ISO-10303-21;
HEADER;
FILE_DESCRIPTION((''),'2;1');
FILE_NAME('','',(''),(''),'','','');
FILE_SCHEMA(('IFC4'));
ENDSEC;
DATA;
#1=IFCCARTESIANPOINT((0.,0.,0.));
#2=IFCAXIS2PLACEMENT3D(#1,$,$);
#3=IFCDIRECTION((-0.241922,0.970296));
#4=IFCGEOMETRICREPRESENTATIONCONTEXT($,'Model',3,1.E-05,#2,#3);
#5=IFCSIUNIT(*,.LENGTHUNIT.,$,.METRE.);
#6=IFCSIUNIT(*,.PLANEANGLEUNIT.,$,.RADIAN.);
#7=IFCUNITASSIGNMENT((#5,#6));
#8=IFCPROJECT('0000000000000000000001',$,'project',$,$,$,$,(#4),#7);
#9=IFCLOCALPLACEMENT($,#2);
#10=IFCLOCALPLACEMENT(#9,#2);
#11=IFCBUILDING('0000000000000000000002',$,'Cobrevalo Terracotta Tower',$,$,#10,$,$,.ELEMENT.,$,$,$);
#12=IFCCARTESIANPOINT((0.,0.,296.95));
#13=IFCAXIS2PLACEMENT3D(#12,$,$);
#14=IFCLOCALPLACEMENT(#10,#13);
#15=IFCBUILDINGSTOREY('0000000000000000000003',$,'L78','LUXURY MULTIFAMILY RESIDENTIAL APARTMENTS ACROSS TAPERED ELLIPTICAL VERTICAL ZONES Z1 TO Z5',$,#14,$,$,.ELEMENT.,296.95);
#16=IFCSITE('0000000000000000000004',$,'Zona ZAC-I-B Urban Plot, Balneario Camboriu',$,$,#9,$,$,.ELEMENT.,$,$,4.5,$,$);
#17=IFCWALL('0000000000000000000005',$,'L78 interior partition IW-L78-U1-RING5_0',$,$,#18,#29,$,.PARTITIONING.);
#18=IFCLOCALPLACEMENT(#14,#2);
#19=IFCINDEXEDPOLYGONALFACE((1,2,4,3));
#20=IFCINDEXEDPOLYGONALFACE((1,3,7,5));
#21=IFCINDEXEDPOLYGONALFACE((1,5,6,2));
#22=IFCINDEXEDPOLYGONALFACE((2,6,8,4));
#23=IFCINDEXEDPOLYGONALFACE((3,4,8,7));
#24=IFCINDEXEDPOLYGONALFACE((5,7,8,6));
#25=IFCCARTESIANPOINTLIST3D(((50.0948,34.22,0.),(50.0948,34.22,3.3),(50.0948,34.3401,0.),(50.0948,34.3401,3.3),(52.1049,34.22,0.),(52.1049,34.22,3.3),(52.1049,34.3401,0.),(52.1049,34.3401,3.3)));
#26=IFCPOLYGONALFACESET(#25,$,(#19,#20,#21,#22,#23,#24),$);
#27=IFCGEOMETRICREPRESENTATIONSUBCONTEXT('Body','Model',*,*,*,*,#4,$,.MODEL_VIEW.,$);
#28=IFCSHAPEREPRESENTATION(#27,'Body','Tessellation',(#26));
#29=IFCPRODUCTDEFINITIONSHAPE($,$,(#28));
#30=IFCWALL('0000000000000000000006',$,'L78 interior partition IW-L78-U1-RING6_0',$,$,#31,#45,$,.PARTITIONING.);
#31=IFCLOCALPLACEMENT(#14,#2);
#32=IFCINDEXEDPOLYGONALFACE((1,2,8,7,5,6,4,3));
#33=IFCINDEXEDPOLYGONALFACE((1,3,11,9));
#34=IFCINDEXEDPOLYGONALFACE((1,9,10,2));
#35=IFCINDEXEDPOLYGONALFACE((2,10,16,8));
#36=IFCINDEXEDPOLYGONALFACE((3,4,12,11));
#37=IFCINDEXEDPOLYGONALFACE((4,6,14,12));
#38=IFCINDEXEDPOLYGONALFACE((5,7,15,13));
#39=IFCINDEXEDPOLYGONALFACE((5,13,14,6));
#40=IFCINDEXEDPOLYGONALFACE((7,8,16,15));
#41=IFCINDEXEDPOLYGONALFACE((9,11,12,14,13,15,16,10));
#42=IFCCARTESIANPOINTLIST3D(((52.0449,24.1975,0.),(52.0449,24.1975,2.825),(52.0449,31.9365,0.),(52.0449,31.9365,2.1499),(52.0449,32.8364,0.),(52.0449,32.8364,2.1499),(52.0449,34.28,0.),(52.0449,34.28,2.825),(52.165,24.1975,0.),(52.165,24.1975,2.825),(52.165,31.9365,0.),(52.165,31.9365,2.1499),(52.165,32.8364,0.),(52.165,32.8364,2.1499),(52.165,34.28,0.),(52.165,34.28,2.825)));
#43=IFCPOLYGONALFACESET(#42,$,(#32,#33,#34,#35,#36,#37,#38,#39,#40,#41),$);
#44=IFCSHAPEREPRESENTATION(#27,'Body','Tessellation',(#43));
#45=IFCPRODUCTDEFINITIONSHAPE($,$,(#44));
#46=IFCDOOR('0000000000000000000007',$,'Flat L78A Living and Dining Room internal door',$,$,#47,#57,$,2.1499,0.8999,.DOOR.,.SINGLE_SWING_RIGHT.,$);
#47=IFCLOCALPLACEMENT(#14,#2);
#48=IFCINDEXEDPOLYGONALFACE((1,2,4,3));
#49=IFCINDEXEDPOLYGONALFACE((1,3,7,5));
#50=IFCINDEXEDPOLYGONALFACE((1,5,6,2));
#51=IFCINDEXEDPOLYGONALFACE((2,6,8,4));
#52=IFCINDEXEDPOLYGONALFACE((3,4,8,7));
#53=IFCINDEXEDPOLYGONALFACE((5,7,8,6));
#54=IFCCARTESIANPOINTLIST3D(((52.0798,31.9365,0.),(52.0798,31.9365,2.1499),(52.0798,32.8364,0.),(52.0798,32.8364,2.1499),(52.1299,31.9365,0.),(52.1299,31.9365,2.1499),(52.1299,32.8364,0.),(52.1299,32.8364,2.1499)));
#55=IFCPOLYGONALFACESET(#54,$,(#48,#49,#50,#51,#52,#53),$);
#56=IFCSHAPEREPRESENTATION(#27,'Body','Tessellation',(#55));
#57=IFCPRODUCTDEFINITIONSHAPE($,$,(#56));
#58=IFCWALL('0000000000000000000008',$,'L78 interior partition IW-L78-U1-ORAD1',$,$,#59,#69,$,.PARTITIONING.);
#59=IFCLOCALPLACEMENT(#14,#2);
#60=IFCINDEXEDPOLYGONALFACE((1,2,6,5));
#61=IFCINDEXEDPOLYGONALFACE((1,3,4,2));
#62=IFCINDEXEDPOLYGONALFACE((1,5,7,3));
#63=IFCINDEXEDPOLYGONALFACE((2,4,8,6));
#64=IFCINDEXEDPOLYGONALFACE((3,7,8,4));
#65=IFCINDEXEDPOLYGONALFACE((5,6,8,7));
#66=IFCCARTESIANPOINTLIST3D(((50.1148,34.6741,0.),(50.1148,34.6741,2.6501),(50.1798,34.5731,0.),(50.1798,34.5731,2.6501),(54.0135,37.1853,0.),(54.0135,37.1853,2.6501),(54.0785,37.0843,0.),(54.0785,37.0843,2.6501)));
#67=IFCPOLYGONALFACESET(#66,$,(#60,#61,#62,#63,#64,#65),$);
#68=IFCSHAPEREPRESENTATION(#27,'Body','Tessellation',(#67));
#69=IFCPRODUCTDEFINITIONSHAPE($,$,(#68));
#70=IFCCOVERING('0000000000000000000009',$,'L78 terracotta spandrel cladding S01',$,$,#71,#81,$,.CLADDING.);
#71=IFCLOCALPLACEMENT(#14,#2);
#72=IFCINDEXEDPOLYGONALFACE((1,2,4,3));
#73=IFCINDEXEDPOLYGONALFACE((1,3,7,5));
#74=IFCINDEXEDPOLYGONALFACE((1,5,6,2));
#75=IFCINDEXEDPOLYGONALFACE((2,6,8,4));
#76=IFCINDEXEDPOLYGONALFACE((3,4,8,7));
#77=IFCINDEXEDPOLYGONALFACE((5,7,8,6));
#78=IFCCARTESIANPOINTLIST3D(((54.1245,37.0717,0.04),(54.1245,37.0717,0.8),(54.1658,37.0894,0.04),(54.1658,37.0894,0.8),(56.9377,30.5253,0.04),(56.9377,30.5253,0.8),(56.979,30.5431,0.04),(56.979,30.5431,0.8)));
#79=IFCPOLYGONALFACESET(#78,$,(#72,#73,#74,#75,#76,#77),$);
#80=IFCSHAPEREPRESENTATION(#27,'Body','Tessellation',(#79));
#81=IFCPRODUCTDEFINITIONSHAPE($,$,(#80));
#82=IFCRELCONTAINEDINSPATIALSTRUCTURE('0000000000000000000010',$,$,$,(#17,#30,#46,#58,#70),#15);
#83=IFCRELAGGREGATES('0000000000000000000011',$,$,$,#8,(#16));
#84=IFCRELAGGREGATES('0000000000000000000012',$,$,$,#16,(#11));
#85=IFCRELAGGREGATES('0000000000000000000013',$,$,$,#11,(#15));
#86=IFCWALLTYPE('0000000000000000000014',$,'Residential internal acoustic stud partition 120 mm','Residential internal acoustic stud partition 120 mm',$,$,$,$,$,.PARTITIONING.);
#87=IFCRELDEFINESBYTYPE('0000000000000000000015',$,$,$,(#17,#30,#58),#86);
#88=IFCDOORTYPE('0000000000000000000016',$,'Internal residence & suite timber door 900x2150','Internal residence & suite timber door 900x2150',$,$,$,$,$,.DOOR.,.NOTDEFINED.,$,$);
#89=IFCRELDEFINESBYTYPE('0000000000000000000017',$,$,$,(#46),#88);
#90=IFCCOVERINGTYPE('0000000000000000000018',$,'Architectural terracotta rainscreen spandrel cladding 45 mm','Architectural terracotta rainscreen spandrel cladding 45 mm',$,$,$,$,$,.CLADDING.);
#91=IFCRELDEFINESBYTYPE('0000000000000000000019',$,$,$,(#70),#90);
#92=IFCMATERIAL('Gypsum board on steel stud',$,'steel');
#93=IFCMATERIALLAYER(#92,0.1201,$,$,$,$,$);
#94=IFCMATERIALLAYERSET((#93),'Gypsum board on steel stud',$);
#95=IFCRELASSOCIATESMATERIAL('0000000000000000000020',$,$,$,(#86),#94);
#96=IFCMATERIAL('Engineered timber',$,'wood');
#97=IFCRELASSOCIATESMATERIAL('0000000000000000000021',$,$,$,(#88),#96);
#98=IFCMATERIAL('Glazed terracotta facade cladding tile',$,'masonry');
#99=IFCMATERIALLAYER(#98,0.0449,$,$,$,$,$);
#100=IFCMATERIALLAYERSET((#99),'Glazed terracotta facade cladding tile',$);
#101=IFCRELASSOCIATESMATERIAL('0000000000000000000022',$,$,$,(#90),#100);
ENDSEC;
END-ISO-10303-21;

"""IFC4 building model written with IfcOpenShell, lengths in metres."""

from ifc_helpers import new_model, si_unit, direction, frame, frame_2d, origin, origin_2d, place, context, subcontext, project, spatial, rectangle, extrude, source, transform, mapped, material, layer, layer_set, type_object, element, fill, save


model = new_model("IFC4")

# Units and contexts
model_context = context("Model", 3, precision=1e-05, world=origin(), true_north=direction((-0.241922, 0.970296)))
body_context = subcontext(model_context, "Body", "Model", "MODEL_VIEW")
ifc_project = project(units=[si_unit("LENGTHUNIT", "METRE"), si_unit("PLANEANGLEUNIT", "RADIAN")], contexts=[model_context])

# Site, building, storey
site_placement = place(None, origin())
site = spatial("IfcSite", under=ifc_project, at=site_placement, Name="Zona ZAC-I-B Urban Plot, Balneario Camboriu", CompositionType="ELEMENT", RefElevation=4.5)
building_placement = place(site_placement, origin())
building = spatial("IfcBuilding", under=site, at=building_placement, Name="Cobrevalo Terracotta Tower", CompositionType="ELEMENT")
storey_placement = place(building_placement, frame((0.0, 0.0, 296.95)))
storey = spatial("IfcBuildingStorey", under=building, at=storey_placement, Name="L78", Description="LUXURY MULTIFAMILY RESIDENTIAL APARTMENTS ACROSS TAPERED ELLIPTICAL VERTICAL ZONES Z1 TO Z5", CompositionType="ELEMENT", Elevation=296.95)

# Wall
ifc_material_1 = material(Name="Gypsum board on steel stud", Category="steel")
ifc_layer_1 = layer(ifc_material_1, 0.1201)
ifc_layer_set_1 = layer_set([ifc_layer_1], Name="Gypsum board on steel stud")
wall_type_1 = type_object("IfcWallType", Name="Residential internal acoustic stud partition 120 mm", Description="Residential internal acoustic stud partition 120 mm", PredefinedType="PARTITIONING", material=ifc_layer_set_1)
wall_1_placement = place(storey_placement, frame((50.095, 34.28, 0.0), z_axis=(0.0, 0.0, 1.0), x_axis=(1.0, 0.0, 0.0)))
element("IfcWall", 1, at=wall_1_placement, inside=storey, type_object=wall_type_1, Name="L78 interior partition IW-L78-U1-RING5_0", PredefinedType="PARTITIONING", context=body_context, shape_type="SweptSolid", body=[
    extrude(rectangle(XDim=2.01, YDim=0.1201, at=frame_2d((1.0049, 0.0))), origin(), (0.0, 0.0, 1.0), 3.3),
])

# Wall, opening, door
wall_2_placement = place(storey_placement, frame((52.105, 34.28, 0.0), z_axis=(0.0, 0.0, 1.0), x_axis=(0.0, -1.0, 0.0)))
wall_2 = element("IfcWall", 2, at=wall_2_placement, inside=storey, type_object=wall_type_1, Name="L78 interior partition IW-L78-U1-RING6_0", PredefinedType="PARTITIONING", context=body_context, shape_type="SweptSolid", body=[
    extrude(rectangle(XDim=10.0825, YDim=0.1201, at=frame_2d((5.0413, 0.0))), origin(), (0.0, 0.0, 1.0), 2.825),
])
opening_1_placement = place(wall_2_placement, frame((1.4436, 0.0, 0.0)))
opening_1 = element("IfcOpeningElement", 3, at=opening_1_placement, cuts=wall_2, PredefinedType="OPENING", context=body_context, shape_type="SweptSolid", body=[
    extrude(rectangle(XDim=0.8999, YDim=2.1499, at=frame_2d((0.45, 1.075))), frame((0.0, 0.0701, 0.0), z_axis=(0.0, -1.0, 0.0), x_axis=(1.0, 0.0, 0.0)), (0.0, 0.0, 1.0), 0.1401),
])
ifc_material_2 = material(Name="Engineered timber", Category="wood")
door_type_1 = type_object("IfcDoorType", Name="Internal residence & suite timber door 900x2150", Description="Internal residence & suite timber door 900x2150", OperationType="NOTDEFINED", PredefinedType="DOOR", material=ifc_material_2)
shared_shape_1 = source(origin(), body_context, "Body", "SweptSolid", [
    extrude(rectangle(XDim=0.8999, YDim=2.1499, at=frame_2d((0.45, 1.075))), frame((0.0, 0.0249, 0.0), z_axis=(0.0, -1.0, 0.0), x_axis=(1.0, 0.0, 0.0)), (0.0, 0.0, 1.0), 0.05),
])
door_1_placement = place(opening_1_placement, origin())
door_1 = element("IfcDoor", 4, at=door_1_placement, inside=storey, type_object=door_type_1, Name="Flat L78A Living and Dining Room internal door", OperationType="SINGLE_SWING_RIGHT", OverallHeight=2.1499, OverallWidth=0.8999, PredefinedType="DOOR", context=body_context, shape_type="MappedRepresentation", body=[
    mapped(shared_shape_1, transform((0.0, 0.0, 0.0), scale=1.0)),
])
fill(opening_1, door_1)

# Wall
wall_3_placement = place(storey_placement, frame((50.1472, 34.6235, 0.0), z_axis=(0.0, 0.0, 1.0), x_axis=(0.840694, 0.54151, 0.0)))
element("IfcWall", 5, at=wall_3_placement, inside=storey, type_object=wall_type_1, Name="L78 interior partition IW-L78-U1-ORAD1", PredefinedType="PARTITIONING", context=body_context, shape_type="SweptSolid", body=[
    extrude(rectangle(XDim=4.6375, YDim=0.1201, at=frame_2d((2.3188, 0.0))), origin(), (0.0, 0.0, 1.0), 2.6501),
])

# Covering
ifc_material_3 = material(Name="Glazed terracotta facade cladding tile", Category="masonry")
ifc_layer_2 = layer(ifc_material_3, 0.0449)
ifc_layer_set_2 = layer_set([ifc_layer_2], Name="Glazed terracotta facade cladding tile")
covering_type = type_object("IfcCoveringType", Name="Architectural terracotta rainscreen spandrel cladding 45 mm", Description="Architectural terracotta rainscreen spandrel cladding 45 mm", PredefinedType="CLADDING", material=ifc_layer_set_2)
shared_shape_2 = source(origin(), body_context, "Body", "SweptSolid", [
    extrude(rectangle(XDim=7.1252, YDim=0.0449, at=origin_2d()), origin(), (0.0, 0.0, 1.0), 0.76),
])
covering_placement = place(storey_placement, frame((55.5518, 33.8074, 0.04), z_axis=(0.0, 0.0, 1.0), x_axis=(-0.394829, 0.918755, 0.0)))
element("IfcCovering", 6, at=covering_placement, inside=storey, type_object=covering_type, Name="L78 terracotta spandrel cladding S01", PredefinedType="CLADDING", context=body_context, shape_type="MappedRepresentation", body=[
    mapped(shared_shape_2, transform((0.0, 0.0, 0.0), scale=1.0)),
])

save(model, "model.ifc")
